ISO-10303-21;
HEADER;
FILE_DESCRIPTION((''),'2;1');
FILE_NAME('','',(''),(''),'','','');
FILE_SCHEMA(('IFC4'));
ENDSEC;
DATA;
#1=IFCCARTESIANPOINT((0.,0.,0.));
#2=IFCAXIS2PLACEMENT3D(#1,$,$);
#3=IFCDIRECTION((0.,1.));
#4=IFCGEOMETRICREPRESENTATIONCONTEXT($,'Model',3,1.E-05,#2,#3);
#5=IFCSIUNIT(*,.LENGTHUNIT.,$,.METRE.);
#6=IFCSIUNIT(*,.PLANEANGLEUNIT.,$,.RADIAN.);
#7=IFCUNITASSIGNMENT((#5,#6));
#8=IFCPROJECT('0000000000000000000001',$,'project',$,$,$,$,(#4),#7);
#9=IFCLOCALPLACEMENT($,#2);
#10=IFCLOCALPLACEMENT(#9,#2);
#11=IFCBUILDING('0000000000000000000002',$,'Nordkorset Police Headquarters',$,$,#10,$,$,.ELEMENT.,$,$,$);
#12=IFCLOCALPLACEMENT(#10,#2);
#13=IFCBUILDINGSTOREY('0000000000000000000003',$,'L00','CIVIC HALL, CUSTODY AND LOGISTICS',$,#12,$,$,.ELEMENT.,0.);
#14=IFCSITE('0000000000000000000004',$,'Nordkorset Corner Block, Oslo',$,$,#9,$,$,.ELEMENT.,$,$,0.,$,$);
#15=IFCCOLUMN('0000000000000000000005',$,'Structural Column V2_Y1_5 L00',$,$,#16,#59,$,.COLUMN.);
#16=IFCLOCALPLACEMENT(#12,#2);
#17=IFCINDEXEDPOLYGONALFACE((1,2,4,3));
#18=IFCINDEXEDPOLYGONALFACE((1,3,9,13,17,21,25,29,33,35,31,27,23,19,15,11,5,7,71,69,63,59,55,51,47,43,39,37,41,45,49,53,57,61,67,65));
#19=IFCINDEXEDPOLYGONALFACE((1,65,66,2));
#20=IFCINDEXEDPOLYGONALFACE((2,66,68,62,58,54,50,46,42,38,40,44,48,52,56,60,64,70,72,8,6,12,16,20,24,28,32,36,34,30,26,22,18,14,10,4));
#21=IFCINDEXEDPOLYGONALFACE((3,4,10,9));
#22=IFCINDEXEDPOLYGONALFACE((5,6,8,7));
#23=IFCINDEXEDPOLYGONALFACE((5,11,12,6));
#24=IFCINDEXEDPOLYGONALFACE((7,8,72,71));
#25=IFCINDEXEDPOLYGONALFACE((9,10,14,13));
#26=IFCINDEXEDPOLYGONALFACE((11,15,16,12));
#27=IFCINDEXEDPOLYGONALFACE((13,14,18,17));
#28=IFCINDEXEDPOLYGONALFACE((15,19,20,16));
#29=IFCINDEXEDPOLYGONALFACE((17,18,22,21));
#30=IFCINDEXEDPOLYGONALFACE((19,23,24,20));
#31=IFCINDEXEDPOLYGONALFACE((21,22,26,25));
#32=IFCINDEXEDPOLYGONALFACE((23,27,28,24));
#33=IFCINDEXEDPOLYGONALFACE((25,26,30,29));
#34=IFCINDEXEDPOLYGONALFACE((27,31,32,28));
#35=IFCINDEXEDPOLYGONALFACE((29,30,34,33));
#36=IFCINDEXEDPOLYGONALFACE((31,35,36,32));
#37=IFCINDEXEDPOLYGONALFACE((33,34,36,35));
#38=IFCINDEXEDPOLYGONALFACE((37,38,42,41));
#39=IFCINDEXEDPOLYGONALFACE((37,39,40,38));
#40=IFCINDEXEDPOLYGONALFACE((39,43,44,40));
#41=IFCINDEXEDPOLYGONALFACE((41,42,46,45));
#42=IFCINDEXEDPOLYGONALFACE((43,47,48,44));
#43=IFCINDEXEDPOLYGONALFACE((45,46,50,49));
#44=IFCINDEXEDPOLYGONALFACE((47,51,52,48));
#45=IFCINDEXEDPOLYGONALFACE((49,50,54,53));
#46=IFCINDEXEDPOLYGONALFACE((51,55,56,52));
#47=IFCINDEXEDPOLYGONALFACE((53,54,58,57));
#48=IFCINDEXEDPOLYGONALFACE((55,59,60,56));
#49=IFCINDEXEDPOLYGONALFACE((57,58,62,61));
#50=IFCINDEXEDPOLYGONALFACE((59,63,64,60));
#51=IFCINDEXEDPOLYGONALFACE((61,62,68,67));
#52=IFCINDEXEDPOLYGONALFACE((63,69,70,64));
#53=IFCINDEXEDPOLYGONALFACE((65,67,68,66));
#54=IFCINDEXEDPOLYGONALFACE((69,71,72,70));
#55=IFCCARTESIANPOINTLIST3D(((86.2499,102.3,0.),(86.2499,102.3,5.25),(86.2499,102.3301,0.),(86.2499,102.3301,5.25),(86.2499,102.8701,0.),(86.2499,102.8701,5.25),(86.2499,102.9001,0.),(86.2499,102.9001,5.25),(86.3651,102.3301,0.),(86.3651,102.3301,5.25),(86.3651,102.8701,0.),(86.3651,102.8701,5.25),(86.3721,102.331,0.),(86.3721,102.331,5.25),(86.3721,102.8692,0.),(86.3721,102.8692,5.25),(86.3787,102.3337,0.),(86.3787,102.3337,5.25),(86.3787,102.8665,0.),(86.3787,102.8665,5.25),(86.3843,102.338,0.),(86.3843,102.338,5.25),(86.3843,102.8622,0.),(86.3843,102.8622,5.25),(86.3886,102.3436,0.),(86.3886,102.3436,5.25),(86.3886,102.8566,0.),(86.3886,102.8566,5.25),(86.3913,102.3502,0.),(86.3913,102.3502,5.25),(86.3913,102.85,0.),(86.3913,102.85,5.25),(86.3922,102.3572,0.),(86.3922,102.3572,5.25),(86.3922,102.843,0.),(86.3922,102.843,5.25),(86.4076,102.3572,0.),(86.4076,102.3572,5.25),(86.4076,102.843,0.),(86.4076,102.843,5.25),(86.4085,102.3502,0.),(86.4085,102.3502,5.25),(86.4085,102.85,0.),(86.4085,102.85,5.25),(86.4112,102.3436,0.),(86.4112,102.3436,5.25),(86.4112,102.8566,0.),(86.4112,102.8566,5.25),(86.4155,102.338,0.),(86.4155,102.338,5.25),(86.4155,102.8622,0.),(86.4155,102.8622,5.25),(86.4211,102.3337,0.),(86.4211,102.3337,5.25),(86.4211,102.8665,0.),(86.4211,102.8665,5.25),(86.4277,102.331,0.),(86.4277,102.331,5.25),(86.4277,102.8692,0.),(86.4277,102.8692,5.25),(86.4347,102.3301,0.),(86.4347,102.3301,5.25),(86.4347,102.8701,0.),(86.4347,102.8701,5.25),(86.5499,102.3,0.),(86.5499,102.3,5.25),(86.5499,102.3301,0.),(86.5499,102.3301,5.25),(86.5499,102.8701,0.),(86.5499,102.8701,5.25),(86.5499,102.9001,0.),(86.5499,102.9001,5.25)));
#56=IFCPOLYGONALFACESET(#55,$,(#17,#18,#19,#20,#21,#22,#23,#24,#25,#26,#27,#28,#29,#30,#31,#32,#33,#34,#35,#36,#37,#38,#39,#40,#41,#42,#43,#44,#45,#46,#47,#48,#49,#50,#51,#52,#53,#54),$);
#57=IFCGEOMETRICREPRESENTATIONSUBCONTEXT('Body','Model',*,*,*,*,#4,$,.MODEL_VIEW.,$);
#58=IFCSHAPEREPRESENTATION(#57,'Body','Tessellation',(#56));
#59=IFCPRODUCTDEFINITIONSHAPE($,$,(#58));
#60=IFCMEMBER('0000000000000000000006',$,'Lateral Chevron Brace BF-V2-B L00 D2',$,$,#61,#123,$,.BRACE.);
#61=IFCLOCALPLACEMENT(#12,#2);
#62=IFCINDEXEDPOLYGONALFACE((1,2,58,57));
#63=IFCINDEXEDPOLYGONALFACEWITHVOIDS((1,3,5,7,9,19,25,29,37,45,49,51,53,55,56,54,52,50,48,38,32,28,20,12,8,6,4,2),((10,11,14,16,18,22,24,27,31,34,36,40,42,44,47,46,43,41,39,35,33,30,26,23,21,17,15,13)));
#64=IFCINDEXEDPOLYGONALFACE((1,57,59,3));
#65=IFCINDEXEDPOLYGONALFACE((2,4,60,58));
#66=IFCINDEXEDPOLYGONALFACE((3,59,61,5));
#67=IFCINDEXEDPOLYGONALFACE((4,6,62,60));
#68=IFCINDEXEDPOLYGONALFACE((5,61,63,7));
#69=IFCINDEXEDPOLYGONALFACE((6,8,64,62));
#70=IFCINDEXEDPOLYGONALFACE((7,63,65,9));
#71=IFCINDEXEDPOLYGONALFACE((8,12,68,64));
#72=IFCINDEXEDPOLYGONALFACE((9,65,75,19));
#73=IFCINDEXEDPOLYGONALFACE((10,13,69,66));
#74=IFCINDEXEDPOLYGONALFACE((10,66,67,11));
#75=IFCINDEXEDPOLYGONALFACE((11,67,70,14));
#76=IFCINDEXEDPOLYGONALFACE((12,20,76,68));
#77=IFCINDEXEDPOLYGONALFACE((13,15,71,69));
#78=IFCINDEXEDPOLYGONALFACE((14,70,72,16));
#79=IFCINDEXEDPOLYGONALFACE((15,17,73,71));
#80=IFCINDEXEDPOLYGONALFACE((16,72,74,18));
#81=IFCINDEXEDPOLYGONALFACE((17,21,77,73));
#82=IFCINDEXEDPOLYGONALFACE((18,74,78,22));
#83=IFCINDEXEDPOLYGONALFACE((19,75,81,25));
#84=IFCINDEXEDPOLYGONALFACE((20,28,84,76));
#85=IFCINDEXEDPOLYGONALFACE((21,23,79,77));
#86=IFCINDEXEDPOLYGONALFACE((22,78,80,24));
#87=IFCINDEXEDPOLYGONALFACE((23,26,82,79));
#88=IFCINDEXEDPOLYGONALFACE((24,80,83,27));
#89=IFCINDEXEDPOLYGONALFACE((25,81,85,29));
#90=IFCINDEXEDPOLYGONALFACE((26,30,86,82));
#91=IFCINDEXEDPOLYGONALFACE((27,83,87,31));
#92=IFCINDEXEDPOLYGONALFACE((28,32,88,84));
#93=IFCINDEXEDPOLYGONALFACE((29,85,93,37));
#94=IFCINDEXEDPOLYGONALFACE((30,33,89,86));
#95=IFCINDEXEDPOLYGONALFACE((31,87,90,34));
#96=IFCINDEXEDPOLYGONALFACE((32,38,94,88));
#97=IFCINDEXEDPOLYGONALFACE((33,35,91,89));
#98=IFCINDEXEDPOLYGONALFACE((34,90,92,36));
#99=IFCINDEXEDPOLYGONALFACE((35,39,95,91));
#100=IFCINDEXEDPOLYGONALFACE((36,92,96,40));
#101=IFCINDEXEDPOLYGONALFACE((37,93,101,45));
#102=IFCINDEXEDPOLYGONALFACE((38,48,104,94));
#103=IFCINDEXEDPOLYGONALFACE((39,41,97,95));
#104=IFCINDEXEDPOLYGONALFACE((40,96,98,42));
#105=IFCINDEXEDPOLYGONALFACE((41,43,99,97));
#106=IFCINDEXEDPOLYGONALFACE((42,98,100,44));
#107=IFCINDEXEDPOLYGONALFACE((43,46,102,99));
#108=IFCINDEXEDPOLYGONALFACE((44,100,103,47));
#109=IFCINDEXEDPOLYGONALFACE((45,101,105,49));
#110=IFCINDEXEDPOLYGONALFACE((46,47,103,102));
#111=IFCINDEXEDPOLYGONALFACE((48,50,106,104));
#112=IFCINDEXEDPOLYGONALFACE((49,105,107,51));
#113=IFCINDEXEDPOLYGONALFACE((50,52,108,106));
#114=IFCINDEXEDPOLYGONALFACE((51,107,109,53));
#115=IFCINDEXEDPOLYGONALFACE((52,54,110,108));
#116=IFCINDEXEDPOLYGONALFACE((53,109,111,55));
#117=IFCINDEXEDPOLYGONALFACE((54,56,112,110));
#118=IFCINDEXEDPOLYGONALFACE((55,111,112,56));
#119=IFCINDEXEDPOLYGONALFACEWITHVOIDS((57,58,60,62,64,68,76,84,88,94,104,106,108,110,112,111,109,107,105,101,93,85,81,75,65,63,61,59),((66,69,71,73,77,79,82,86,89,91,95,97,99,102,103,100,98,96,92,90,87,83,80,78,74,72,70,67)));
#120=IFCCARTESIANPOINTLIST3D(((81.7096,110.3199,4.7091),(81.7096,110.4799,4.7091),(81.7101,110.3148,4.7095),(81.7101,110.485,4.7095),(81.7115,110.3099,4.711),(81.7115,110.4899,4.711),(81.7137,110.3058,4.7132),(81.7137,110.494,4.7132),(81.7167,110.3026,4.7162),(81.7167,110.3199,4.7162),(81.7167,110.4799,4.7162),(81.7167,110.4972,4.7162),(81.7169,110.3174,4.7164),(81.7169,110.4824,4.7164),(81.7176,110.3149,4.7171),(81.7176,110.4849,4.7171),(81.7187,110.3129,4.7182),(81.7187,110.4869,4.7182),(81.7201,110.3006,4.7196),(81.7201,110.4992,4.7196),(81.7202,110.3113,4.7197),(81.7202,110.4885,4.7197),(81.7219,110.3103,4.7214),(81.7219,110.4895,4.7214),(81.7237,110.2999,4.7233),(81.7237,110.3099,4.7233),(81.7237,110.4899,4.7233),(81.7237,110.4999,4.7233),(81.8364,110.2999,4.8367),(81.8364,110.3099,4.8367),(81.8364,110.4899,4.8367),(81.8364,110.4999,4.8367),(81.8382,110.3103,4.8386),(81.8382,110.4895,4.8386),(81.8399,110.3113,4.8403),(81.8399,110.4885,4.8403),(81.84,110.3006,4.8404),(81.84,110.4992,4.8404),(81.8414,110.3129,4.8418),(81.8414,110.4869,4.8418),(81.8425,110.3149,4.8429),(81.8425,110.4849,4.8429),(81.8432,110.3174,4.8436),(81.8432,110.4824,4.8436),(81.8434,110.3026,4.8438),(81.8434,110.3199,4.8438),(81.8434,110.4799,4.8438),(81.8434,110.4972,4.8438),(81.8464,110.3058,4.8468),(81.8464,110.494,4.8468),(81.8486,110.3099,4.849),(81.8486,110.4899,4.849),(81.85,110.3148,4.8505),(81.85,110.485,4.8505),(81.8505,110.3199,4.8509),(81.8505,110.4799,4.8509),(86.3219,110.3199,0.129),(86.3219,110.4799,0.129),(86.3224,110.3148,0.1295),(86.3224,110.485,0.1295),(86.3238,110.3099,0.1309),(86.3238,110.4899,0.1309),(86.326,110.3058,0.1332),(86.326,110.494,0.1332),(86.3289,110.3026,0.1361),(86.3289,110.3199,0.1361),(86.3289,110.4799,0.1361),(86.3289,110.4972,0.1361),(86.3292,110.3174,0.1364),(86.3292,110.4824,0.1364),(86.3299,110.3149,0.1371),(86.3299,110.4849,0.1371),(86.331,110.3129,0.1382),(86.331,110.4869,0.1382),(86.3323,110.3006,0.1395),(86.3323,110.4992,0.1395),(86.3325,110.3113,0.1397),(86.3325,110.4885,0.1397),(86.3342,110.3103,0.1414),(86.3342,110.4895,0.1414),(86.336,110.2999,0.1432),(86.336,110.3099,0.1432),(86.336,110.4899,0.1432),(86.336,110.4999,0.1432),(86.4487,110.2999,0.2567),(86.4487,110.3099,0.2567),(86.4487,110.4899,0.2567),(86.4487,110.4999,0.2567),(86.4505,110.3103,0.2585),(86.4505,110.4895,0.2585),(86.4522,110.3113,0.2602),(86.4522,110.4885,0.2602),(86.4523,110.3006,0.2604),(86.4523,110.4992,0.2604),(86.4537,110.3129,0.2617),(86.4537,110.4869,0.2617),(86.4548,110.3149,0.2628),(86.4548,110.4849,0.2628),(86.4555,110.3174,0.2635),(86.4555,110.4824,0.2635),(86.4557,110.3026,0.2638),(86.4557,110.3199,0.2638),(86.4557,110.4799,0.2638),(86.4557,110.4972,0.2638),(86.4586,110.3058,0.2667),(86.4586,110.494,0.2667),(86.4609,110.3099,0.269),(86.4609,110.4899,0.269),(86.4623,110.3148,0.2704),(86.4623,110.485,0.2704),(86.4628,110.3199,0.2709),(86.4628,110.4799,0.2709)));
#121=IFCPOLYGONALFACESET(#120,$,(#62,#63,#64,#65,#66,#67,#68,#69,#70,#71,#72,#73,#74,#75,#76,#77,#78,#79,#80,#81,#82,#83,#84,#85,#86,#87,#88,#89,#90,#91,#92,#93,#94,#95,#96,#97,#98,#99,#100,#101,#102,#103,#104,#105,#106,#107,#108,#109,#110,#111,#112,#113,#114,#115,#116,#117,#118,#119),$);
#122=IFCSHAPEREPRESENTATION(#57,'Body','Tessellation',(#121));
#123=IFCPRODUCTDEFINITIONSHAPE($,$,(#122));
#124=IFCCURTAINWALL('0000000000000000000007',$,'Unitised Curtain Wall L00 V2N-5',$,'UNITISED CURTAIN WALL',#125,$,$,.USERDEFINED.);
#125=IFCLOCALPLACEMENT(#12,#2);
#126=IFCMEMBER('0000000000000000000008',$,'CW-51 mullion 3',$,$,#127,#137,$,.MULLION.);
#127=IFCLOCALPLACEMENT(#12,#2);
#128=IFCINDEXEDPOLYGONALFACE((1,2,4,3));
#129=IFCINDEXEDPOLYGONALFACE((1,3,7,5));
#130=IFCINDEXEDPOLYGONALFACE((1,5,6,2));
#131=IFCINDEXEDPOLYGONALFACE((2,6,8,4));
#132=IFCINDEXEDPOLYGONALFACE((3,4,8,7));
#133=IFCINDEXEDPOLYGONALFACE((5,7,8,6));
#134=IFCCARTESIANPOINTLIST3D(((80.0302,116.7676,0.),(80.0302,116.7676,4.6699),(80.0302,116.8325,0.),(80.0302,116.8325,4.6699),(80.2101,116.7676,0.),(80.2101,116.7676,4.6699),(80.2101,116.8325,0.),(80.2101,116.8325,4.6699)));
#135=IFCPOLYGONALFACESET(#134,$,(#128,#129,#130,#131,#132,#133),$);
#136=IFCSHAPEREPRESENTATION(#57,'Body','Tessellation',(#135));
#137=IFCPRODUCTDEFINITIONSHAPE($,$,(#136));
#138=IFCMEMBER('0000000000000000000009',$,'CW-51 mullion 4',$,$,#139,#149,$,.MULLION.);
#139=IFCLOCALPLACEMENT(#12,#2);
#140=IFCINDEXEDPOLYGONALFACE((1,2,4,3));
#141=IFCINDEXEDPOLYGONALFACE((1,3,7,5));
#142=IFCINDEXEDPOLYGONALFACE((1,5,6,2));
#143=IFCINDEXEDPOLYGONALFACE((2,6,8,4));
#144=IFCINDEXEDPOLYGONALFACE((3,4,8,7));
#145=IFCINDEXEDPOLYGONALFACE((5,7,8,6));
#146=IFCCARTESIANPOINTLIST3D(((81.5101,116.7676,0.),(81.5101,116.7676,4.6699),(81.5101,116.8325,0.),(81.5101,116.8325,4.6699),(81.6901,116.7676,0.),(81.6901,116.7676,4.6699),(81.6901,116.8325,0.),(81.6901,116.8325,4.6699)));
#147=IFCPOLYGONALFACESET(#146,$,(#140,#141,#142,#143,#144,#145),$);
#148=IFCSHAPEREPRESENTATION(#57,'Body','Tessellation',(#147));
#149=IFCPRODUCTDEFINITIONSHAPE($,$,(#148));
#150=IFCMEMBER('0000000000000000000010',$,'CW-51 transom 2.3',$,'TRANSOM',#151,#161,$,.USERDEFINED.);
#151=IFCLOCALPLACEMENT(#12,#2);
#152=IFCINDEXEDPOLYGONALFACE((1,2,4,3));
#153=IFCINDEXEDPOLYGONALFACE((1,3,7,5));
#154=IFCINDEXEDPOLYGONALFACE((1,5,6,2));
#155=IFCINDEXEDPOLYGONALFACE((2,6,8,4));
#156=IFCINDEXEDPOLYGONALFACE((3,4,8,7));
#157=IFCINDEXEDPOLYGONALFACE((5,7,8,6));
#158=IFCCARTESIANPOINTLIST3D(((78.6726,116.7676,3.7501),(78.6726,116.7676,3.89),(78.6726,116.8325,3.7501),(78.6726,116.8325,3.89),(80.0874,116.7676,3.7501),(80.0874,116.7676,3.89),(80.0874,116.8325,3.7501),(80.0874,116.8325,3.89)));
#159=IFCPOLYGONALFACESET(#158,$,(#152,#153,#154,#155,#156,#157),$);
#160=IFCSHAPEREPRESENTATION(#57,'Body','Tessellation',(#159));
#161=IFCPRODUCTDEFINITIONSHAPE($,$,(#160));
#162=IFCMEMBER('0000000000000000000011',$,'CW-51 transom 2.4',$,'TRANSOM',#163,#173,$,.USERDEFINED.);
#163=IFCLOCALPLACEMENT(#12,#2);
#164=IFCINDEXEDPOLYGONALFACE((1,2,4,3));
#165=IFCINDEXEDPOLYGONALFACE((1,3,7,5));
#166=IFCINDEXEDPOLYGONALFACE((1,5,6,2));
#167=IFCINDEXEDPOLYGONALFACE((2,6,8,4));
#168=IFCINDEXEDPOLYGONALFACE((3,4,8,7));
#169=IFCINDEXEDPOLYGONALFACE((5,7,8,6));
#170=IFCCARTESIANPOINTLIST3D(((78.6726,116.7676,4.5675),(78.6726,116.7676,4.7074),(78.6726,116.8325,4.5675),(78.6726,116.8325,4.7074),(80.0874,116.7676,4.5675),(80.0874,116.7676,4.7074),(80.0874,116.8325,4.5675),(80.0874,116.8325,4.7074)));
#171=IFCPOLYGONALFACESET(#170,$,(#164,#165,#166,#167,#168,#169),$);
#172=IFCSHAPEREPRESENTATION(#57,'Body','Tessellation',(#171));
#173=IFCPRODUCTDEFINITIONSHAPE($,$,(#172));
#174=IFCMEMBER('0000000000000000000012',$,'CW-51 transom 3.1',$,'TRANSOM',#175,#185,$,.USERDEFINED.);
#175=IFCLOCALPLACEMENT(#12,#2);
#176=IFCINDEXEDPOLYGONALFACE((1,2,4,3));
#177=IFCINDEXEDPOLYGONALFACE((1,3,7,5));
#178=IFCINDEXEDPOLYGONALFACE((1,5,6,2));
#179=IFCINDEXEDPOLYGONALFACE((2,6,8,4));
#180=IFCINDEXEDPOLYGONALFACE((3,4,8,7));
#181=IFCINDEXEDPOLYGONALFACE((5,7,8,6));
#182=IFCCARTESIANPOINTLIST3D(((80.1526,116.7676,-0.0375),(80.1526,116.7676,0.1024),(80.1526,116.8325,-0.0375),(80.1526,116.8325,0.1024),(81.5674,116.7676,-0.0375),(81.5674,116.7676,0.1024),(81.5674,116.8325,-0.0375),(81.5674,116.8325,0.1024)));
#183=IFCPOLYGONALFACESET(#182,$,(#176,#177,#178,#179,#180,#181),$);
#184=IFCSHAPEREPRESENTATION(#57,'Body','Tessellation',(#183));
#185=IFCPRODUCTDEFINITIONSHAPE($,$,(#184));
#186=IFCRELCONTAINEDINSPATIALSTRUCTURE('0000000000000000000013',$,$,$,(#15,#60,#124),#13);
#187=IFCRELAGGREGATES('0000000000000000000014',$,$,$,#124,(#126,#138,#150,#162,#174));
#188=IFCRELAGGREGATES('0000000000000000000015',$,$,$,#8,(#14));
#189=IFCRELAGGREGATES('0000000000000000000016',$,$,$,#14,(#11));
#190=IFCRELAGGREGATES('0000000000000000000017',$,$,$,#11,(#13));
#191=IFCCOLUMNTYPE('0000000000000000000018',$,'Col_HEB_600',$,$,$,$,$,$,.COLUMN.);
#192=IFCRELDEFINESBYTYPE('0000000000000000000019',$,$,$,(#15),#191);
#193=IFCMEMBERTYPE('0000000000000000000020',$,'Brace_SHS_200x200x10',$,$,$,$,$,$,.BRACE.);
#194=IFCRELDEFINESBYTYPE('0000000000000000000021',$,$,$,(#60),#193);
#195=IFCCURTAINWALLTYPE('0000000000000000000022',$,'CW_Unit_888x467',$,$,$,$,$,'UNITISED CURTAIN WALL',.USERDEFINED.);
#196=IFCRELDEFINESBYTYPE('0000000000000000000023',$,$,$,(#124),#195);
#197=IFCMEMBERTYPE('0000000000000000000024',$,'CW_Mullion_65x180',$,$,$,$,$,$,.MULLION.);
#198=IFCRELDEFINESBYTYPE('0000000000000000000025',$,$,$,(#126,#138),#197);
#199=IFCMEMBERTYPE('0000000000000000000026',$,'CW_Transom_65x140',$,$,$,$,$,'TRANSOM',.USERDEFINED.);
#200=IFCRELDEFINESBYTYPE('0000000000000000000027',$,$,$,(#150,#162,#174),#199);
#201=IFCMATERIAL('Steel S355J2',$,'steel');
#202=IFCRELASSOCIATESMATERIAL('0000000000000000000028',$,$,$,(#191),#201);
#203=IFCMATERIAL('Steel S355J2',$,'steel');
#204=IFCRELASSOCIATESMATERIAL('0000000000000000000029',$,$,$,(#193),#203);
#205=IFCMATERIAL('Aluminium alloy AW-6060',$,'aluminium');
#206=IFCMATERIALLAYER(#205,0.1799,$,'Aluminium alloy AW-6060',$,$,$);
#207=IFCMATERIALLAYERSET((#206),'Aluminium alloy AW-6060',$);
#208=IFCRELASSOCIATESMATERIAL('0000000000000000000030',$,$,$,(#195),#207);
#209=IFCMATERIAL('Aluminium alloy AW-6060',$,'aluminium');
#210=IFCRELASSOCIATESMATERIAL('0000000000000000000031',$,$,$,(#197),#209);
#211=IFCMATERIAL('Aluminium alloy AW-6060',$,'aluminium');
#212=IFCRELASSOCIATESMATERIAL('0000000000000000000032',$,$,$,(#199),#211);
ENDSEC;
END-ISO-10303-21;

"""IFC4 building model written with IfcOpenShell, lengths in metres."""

from ifc_helpers import new_model, si_unit, direction, frame, origin, origin_2d, place, context, subcontext, project, spatial, rectangle, hollow_rectangle, i_section, extrude, material, layer, layer_set, material_profile, profile_set, type_object, element, aggregate, save


model = new_model("IFC4")

# Units and contexts
model_context = context("Model", 3, precision=1e-05, world=origin(), true_north=direction((0.0, 1.0)))
body_context = subcontext(model_context, "Body", "Model", "MODEL_VIEW")
ifc_project = project(units=[si_unit("LENGTHUNIT", "METRE"), si_unit("PLANEANGLEUNIT", "RADIAN")], contexts=[model_context])

# Site, building, storey
site_placement = place(None, origin())
site = spatial("IfcSite", under=ifc_project, at=site_placement, Name="Nordkorset Corner Block, Oslo", CompositionType="ELEMENT", RefElevation=0.0)
building_placement = place(site_placement, origin())
building = spatial("IfcBuilding", under=site, at=building_placement, Name="Nordkorset Police Headquarters", CompositionType="ELEMENT")
storey_placement = place(building_placement, origin())
storey = spatial("IfcBuildingStorey", under=building, at=storey_placement, Name="L00", Description="CIVIC HALL, CUSTODY AND LOGISTICS", CompositionType="ELEMENT", Elevation=0.0)

# Column
ifc_material_1 = material(Name="Steel S355J2", Category="steel")
ifc_material_profile_1 = material_profile(ifc_material_1, i_section(OverallWidth=0.3, OverallDepth=0.6001, WebThickness=0.0154, FlangeThickness=0.03, FilletRadius=0.0271, at=origin_2d()), Name="HEB 600")
ifc_profile_set_1 = profile_set([ifc_material_profile_1], Name="Steel S355J2")
column_type = type_object("IfcColumnType", Name="Col_HEB_600", PredefinedType="COLUMN", material=ifc_profile_set_1)
column_placement = place(storey_placement, frame((86.3999, 102.6001, 0.0), z_axis=(0.0, 0.0, 1.0), x_axis=(1.0, 0.0, 0.0)))
element("IfcColumn", 1, at=column_placement, inside=storey, type_object=column_type, Name="Structural Column V2_Y1_5 L00", PredefinedType="COLUMN", context=body_context, shape_type="SweptSolid", body=[
    extrude(i_section(OverallWidth=0.3, OverallDepth=0.6001, WebThickness=0.0154, FlangeThickness=0.03, FilletRadius=0.0271, at=origin_2d()), origin(), (0.0, 0.0, 1.0), 5.25),
])

# Member
ifc_material_2 = material(Name="Steel S355J2", Category="steel")
ifc_material_profile_2 = material_profile(ifc_material_2, hollow_rectangle(XDim=0.2, YDim=0.2, WallThickness=0.01, InnerFilletRadius=0.01, OuterFilletRadius=0.02, at=origin_2d()), Name="SHS 200x200x10")
ifc_profile_set_2 = profile_set([ifc_material_profile_2], Name="Steel S355J2")
member_type_1 = type_object("IfcMemberType", Name="Brace_SHS_200x200x10", PredefinedType="BRACE", material=ifc_profile_set_2)
member_1_placement = place(storey_placement, frame((86.3923, 110.3999, 0.2), z_axis=(-0.709581, 0.0, 0.704623), x_axis=(0.0, -1.0, 0.0)))
element("IfcMember", 2, at=member_1_placement, inside=storey, type_object=member_type_1, Name="Lateral Chevron Brace BF-V2-B L00 D2", PredefinedType="BRACE", context=body_context, shape_type="SweptSolid", body=[
    extrude(hollow_rectangle(XDim=0.2, YDim=0.2, WallThickness=0.01, InnerFilletRadius=0.01, OuterFilletRadius=0.02, at=origin_2d()), origin(), (0.0, 0.0, 1.0), 6.5),
])

# Curtain wall, members
ifc_material_3 = material(Name="Aluminium alloy AW-6060", Category="aluminium")
ifc_layer_1 = layer(ifc_material_3, 0.1799, Name="Aluminium alloy AW-6060")
ifc_layer_set_1 = layer_set([ifc_layer_1], Name="Aluminium alloy AW-6060")
curtain_wall_type = type_object("IfcCurtainWallType", Name="CW_Unit_888x467", ElementType="UNITISED CURTAIN WALL", PredefinedType="USERDEFINED", material=ifc_layer_set_1)
curtain_wall_placement = place(storey_placement, origin())
curtain_wall = element("IfcCurtainWall", 3, at=curtain_wall_placement, inside=storey, type_object=curtain_wall_type, Name="Unitised Curtain Wall L00 V2N-5", ObjectType="UNITISED CURTAIN WALL", PredefinedType="USERDEFINED")
ifc_material_4 = material(Name="Aluminium alloy AW-6060", Category="aluminium")
ifc_material_profile_3 = material_profile(ifc_material_4, rectangle(XDim=0.0649, YDim=0.1799, at=origin_2d()), Name="ALU MULL 65x180")
ifc_profile_set_3 = profile_set([ifc_material_profile_3], Name="Aluminium alloy AW-6060")
member_type_2 = type_object("IfcMemberType", Name="CW_Mullion_65x180", PredefinedType="MULLION", material=ifc_profile_set_3)
member_2_placement = place(storey_placement, frame((80.1201, 116.8, 0.0), z_axis=(0.0, 0.0, 1.0), x_axis=(0.0, 1.0, 0.0)))
member_2 = element("IfcMember", 4, at=member_2_placement, type_object=member_type_2, Name="CW-51 mullion 3", PredefinedType="MULLION", context=body_context, shape_type="SweptSolid", body=[
    extrude(rectangle(XDim=0.0649, YDim=0.1799, at=origin_2d()), origin(), (0.0, 0.0, 1.0), 4.6699),
])
member_3_placement = place(storey_placement, frame((81.6001, 116.8, 0.0), z_axis=(0.0, 0.0, 1.0), x_axis=(0.0, 1.0, 0.0)))
member_3 = element("IfcMember", 5, at=member_3_placement, type_object=member_type_2, Name="CW-51 mullion 4", PredefinedType="MULLION", context=body_context, shape_type="SweptSolid", body=[
    extrude(rectangle(XDim=0.0649, YDim=0.1799, at=origin_2d()), origin(), (0.0, 0.0, 1.0), 4.6699),
])
ifc_material_5 = material(Name="Aluminium alloy AW-6060", Category="aluminium")
ifc_material_profile_4 = material_profile(ifc_material_5, rectangle(XDim=0.0649, YDim=0.1399, at=origin_2d()), Name="ALU TRAN 65x140")
ifc_profile_set_4 = profile_set([ifc_material_profile_4], Name="Aluminium alloy AW-6060")
member_type_3 = type_object("IfcMemberType", Name="CW_Transom_65x140", ElementType="TRANSOM", PredefinedType="USERDEFINED", material=ifc_profile_set_4)
member_4_placement = place(storey_placement, frame((78.6726, 116.8, 3.8201), z_axis=(1.0, 0.0, 0.0), x_axis=(0.0, 1.0, 0.0)))
member_4 = element("IfcMember", 6, at=member_4_placement, type_object=member_type_3, Name="CW-51 transom 2.3", ObjectType="TRANSOM", PredefinedType="USERDEFINED", context=body_context, shape_type="SweptSolid", body=[
    extrude(rectangle(XDim=0.0649, YDim=0.1399, at=origin_2d()), origin(), (0.0, 0.0, 1.0), 1.4148),
])
member_5_placement = place(storey_placement, frame((78.6726, 116.8, 4.6375), z_axis=(1.0, 0.0, 0.0), x_axis=(0.0, 1.0, 0.0)))
member_5 = element("IfcMember", 7, at=member_5_placement, type_object=member_type_3, Name="CW-51 transom 2.4", ObjectType="TRANSOM", PredefinedType="USERDEFINED", context=body_context, shape_type="SweptSolid", body=[
    extrude(rectangle(XDim=0.0649, YDim=0.1399, at=origin_2d()), origin(), (0.0, 0.0, 1.0), 1.4148),
])
member_6_placement = place(storey_placement, frame((80.1526, 116.8, 0.0325), z_axis=(1.0, 0.0, 0.0), x_axis=(0.0, 1.0, 0.0)))
member_6 = element("IfcMember", 8, at=member_6_placement, type_object=member_type_3, Name="CW-51 transom 3.1", ObjectType="TRANSOM", PredefinedType="USERDEFINED", context=body_context, shape_type="SweptSolid", body=[
    extrude(rectangle(XDim=0.0649, YDim=0.1399, at=origin_2d()), origin(), (0.0, 0.0, 1.0), 1.4148),
])

aggregate(curtain_wall, [member_2, member_3, member_4, member_5, member_6])

save(model, "model.ifc")
